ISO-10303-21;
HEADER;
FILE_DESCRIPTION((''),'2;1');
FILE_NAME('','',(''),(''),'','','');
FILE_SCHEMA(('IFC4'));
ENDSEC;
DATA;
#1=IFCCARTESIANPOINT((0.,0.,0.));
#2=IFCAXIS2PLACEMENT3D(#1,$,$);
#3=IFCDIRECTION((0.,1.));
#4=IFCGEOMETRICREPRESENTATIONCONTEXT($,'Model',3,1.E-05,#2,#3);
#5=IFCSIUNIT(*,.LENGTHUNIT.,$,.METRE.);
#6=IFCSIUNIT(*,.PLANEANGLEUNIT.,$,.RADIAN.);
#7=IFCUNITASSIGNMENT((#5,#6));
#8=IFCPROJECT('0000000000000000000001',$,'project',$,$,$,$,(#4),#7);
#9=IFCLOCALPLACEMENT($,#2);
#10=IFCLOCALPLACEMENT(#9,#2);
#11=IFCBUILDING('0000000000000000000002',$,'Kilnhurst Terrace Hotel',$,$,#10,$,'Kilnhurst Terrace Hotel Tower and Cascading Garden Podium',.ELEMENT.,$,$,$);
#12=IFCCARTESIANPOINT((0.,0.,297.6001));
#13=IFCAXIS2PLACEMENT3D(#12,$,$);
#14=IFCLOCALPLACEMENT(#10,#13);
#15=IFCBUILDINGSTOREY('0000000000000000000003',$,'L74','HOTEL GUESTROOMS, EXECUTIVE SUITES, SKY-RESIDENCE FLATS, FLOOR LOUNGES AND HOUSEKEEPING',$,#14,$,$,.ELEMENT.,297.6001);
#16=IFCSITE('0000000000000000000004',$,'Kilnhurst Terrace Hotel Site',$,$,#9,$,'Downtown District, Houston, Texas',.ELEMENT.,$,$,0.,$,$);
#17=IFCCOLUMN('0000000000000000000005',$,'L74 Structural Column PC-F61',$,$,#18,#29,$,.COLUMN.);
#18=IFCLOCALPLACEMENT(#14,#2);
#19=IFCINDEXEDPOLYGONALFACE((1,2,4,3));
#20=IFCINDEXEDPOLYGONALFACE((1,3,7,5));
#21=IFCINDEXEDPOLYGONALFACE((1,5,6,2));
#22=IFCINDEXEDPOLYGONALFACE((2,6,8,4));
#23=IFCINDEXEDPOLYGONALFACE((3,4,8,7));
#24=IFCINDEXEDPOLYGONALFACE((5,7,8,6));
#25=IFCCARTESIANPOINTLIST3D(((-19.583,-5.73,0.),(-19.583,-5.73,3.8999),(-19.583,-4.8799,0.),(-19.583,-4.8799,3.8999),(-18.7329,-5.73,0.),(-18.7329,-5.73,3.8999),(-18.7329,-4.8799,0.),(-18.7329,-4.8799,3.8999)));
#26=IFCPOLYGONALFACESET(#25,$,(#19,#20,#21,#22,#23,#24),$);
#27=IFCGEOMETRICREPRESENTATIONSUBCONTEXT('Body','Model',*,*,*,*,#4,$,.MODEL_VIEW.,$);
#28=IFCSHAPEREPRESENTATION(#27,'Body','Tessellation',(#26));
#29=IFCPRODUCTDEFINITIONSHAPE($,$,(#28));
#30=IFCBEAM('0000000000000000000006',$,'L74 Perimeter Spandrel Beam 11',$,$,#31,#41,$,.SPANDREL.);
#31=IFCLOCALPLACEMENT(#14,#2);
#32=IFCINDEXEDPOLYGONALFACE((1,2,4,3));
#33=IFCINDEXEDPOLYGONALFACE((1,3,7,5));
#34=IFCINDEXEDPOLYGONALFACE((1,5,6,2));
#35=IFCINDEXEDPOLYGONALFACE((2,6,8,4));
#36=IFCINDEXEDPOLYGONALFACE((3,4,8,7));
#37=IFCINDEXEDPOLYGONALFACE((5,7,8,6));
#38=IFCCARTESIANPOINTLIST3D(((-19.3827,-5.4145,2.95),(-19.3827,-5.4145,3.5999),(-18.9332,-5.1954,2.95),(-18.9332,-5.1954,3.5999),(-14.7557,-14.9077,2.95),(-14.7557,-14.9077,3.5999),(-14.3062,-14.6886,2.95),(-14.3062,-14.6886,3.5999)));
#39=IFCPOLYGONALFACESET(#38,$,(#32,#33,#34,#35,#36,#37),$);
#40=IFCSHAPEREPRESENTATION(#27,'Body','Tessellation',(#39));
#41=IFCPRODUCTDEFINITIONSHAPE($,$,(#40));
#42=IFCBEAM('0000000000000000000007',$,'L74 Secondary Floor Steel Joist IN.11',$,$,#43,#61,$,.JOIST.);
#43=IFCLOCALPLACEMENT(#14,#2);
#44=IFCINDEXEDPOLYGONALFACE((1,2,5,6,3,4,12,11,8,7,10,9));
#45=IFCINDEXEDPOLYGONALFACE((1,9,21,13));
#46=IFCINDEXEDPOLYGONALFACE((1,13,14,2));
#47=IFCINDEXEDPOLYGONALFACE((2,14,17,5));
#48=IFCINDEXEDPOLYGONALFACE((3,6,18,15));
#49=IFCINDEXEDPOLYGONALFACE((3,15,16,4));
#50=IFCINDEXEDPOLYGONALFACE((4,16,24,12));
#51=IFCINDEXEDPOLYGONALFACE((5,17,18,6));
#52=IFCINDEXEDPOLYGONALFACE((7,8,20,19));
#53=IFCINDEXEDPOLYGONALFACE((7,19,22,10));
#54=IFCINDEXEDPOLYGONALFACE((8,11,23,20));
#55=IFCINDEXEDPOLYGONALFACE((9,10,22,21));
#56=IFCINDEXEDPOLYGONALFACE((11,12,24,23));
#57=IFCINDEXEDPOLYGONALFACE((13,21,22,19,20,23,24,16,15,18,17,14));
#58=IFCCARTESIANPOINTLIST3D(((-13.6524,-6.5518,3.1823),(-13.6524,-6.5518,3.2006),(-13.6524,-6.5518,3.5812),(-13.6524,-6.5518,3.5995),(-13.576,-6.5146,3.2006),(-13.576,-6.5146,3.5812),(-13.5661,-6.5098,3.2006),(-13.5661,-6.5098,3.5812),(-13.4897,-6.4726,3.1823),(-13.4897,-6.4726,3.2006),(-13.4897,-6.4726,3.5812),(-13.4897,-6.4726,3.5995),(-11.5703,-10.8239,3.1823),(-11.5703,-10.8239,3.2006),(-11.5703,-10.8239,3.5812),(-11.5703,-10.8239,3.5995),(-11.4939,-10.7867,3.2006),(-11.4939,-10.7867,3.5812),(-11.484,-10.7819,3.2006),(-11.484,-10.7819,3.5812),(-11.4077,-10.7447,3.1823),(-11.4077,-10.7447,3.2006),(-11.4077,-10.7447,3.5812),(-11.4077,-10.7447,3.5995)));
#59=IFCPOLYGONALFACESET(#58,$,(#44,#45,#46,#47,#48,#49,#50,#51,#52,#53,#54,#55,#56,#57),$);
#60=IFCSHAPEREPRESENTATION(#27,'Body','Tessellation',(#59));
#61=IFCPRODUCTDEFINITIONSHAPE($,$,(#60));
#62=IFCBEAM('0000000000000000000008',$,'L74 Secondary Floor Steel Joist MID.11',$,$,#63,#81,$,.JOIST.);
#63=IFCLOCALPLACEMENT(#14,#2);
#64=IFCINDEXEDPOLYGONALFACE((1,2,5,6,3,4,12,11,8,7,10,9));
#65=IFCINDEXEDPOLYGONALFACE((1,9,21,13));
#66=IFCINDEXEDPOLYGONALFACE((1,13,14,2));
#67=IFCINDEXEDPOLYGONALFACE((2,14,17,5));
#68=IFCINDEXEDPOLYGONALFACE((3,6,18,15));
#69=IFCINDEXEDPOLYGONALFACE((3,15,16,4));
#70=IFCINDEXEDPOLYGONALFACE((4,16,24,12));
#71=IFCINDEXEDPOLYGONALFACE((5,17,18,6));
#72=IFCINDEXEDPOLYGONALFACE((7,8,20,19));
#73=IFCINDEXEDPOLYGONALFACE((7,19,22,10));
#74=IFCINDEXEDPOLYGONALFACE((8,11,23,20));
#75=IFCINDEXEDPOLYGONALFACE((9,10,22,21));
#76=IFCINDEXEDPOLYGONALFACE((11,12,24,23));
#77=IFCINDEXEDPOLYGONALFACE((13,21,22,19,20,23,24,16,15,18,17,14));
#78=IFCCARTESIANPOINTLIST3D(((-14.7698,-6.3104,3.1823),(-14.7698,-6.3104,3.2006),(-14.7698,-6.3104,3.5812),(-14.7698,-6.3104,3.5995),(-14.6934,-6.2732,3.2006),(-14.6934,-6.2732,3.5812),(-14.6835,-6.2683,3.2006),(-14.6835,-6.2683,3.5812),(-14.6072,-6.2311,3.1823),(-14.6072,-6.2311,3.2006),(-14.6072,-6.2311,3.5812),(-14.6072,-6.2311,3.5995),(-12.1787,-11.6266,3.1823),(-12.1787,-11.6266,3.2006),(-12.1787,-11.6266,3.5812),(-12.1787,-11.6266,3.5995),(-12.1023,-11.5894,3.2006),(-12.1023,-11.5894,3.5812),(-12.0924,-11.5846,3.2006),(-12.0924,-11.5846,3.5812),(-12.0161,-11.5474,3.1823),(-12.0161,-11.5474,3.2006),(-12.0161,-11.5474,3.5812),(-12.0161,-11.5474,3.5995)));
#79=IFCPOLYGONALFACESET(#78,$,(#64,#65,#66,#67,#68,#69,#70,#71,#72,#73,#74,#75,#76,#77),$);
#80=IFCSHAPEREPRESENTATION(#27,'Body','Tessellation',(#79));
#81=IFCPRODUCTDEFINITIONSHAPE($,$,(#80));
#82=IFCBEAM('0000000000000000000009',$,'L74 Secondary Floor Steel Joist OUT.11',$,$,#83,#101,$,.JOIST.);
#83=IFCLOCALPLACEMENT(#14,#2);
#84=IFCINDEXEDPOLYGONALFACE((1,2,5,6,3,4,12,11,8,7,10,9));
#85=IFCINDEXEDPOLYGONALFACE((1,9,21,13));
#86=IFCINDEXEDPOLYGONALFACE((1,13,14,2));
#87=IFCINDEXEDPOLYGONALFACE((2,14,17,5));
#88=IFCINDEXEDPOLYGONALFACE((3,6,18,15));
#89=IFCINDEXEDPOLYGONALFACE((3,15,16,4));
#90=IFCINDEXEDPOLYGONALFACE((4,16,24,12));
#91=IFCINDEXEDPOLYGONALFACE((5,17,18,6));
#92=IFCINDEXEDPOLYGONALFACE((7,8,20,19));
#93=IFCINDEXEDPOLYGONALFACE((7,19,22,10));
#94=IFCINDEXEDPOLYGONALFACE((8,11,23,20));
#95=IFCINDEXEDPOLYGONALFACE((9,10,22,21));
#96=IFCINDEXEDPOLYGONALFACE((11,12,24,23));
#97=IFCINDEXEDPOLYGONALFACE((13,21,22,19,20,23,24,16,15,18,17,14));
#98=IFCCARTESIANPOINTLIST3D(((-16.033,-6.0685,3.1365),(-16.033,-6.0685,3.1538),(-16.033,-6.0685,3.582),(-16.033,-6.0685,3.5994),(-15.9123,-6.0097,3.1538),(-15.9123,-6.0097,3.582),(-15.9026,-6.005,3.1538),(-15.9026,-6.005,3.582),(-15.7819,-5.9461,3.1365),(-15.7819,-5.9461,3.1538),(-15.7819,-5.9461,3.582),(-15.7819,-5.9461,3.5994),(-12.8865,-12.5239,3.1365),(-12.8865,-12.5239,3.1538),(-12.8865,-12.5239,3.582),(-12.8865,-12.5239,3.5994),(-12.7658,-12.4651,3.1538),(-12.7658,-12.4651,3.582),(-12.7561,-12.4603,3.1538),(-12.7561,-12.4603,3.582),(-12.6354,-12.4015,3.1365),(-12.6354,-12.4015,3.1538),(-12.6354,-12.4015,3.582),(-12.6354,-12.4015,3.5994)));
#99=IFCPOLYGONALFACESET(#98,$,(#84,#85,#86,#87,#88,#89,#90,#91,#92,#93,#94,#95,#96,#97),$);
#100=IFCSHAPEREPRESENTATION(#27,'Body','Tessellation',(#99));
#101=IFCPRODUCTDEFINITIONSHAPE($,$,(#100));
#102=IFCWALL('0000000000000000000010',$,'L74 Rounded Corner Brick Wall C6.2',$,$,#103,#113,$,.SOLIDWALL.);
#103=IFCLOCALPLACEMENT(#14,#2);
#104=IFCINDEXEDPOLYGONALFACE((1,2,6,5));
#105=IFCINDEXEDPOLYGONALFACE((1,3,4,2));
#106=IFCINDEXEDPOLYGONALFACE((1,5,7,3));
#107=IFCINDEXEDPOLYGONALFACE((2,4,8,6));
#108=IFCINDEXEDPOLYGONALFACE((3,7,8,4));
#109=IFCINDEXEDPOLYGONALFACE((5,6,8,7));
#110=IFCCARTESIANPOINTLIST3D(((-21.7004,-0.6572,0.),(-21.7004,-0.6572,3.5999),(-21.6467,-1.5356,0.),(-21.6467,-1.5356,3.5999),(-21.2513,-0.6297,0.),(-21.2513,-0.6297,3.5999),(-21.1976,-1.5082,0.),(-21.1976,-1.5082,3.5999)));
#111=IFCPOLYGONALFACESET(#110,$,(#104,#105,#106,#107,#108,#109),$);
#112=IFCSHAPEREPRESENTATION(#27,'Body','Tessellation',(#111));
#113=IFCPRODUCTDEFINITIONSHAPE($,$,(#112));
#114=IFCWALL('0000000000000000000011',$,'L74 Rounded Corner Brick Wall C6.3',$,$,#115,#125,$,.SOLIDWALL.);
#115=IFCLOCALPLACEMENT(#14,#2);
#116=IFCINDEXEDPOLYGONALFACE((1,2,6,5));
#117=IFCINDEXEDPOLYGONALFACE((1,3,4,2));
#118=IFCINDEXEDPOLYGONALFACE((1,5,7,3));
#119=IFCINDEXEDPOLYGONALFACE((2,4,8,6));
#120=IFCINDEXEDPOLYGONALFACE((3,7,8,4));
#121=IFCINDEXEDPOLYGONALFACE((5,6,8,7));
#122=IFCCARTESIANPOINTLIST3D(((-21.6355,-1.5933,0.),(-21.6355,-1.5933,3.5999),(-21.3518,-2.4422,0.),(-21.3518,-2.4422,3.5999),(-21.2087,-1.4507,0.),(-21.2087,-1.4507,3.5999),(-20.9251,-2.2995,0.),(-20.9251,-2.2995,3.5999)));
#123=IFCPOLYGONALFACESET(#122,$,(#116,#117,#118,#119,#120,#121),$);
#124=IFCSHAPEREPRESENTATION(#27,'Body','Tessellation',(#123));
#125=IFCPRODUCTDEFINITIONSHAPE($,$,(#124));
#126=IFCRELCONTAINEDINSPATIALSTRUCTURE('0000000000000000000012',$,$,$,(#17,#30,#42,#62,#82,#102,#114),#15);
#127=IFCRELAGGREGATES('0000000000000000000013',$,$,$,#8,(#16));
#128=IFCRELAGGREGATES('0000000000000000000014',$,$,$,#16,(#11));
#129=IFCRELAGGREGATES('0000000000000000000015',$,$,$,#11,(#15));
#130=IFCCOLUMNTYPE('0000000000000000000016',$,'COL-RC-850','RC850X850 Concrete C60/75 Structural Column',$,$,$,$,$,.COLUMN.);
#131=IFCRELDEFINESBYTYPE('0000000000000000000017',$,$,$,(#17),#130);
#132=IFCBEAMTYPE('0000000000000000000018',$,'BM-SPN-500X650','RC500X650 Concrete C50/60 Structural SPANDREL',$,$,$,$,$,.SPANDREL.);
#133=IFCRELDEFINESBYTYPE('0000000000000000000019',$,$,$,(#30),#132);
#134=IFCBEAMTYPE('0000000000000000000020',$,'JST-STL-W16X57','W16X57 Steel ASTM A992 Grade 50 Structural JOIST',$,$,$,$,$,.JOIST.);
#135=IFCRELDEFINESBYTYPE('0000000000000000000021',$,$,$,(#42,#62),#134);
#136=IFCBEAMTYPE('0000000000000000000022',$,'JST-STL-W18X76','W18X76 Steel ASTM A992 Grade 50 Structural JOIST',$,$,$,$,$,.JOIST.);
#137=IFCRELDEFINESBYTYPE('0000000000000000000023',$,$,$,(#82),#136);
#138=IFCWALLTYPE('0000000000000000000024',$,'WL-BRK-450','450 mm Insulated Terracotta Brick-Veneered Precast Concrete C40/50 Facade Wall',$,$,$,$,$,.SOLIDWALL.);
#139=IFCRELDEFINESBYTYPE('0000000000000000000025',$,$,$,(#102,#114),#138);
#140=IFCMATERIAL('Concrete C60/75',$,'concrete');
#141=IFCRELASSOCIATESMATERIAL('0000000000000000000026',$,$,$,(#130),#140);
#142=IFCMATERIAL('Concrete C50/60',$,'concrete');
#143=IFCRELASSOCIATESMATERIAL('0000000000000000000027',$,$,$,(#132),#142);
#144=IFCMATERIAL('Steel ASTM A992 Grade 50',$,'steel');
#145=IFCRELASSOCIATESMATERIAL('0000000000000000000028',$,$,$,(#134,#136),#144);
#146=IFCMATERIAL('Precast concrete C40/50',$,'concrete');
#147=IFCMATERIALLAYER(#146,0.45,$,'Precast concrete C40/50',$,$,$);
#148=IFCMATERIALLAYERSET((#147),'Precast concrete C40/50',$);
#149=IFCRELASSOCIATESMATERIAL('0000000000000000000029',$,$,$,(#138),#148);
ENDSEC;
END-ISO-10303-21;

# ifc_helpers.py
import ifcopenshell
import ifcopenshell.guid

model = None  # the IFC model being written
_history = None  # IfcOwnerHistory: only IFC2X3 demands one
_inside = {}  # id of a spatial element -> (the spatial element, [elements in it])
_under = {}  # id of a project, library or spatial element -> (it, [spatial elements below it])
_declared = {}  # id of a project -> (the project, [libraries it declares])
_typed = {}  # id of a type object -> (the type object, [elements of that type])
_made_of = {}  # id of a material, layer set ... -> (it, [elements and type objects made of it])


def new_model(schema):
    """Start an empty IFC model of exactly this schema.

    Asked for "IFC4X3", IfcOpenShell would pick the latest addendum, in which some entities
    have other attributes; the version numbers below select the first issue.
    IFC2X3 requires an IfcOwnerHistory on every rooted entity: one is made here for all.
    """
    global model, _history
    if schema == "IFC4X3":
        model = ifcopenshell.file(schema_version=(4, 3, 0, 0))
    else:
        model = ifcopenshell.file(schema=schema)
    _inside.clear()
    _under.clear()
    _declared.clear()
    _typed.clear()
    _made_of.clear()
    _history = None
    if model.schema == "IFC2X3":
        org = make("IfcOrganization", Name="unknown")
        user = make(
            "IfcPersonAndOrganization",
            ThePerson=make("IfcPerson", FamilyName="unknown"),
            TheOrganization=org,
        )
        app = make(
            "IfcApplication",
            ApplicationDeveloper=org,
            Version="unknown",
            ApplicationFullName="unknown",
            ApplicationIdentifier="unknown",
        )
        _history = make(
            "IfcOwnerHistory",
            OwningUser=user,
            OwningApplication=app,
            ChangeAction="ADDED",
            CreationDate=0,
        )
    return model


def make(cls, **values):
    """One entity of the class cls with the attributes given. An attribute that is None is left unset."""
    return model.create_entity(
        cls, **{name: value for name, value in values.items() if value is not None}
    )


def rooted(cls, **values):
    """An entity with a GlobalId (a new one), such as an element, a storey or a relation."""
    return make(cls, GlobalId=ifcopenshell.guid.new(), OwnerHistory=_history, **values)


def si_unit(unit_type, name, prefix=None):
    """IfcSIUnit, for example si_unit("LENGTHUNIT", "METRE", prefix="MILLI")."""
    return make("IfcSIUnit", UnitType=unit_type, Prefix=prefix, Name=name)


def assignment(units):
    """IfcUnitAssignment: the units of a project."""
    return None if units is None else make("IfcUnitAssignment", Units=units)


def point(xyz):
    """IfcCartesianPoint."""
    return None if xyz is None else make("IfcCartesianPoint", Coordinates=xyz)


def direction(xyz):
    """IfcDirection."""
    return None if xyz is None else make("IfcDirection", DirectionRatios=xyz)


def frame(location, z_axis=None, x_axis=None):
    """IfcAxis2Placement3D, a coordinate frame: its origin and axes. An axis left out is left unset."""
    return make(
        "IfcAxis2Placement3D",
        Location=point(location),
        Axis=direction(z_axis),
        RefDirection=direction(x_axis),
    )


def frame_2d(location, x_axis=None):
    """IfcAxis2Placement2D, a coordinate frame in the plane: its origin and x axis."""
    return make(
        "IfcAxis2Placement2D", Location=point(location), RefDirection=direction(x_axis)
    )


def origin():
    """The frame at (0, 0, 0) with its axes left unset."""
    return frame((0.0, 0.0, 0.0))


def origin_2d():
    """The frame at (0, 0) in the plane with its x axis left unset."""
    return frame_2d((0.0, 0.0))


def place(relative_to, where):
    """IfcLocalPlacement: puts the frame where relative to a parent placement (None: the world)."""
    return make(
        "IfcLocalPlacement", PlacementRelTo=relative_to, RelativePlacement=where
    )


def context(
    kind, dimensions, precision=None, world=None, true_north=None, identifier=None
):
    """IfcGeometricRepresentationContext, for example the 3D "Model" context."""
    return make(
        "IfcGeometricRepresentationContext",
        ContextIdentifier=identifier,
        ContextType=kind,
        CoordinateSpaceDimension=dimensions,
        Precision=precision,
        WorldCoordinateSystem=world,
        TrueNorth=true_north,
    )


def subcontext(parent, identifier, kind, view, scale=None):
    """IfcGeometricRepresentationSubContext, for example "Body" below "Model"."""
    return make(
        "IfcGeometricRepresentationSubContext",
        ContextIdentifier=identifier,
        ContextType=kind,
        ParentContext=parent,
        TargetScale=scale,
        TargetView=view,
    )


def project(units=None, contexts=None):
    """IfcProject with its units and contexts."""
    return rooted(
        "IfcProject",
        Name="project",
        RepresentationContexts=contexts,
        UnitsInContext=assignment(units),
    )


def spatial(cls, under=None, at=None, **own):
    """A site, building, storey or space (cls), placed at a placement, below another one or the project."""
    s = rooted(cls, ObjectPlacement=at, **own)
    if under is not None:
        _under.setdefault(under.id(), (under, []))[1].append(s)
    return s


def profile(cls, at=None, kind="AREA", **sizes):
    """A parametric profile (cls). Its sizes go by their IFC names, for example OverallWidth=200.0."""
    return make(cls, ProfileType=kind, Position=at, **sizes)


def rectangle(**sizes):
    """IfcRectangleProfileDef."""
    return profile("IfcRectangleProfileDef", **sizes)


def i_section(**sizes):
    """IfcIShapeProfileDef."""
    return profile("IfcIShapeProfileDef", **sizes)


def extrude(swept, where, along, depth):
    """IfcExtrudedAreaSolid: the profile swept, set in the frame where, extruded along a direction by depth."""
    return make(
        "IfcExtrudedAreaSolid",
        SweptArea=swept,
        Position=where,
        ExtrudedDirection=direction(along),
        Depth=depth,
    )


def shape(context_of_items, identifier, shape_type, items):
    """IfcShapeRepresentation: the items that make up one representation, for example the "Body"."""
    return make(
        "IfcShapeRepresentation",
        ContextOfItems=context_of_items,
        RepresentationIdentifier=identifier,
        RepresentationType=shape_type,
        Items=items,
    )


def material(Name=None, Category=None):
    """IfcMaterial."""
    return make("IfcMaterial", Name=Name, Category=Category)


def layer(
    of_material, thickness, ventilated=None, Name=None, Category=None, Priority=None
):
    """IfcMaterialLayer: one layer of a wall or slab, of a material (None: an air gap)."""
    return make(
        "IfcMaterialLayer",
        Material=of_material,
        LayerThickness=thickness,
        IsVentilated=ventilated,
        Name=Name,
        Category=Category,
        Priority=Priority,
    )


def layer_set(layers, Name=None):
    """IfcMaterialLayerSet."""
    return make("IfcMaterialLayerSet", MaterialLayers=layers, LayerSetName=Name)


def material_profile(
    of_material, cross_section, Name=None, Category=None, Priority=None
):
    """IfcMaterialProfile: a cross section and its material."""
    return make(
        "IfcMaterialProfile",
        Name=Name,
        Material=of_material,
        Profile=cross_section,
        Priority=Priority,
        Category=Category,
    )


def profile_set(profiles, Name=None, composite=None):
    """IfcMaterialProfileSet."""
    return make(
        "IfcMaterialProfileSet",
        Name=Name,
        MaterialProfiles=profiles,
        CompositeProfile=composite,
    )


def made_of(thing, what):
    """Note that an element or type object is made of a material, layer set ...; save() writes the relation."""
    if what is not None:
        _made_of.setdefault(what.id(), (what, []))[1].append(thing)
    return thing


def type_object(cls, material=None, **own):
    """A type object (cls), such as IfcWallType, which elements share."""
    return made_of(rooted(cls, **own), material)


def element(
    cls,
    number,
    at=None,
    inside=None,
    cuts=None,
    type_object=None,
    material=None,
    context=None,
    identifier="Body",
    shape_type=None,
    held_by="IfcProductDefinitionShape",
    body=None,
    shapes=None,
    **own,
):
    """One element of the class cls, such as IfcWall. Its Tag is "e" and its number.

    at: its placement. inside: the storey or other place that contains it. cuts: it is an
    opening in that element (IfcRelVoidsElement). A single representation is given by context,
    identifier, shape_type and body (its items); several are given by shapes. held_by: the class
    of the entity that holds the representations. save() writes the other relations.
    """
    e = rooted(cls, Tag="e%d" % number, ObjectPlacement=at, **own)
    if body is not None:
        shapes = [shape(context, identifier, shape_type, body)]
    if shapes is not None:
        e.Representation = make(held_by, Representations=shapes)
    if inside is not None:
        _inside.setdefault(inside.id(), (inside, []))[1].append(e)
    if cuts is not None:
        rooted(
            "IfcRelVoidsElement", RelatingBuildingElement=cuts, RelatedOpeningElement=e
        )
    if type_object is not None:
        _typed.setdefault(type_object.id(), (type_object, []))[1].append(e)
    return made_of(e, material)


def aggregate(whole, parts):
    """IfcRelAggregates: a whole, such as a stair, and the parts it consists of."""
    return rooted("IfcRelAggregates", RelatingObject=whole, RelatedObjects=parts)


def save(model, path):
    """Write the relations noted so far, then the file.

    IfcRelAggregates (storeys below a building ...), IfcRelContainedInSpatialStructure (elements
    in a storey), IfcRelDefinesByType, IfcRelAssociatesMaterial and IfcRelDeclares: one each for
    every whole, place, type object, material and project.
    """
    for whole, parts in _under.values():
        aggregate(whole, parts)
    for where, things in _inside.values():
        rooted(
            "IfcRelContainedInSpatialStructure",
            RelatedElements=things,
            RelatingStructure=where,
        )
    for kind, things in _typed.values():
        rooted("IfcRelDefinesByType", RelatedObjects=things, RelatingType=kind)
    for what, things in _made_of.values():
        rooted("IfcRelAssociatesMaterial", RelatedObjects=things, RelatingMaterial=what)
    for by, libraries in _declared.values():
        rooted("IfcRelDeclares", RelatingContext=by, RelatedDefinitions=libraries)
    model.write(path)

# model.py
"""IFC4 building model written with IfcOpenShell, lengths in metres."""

from ifc_helpers import new_model, si_unit, direction, frame, frame_2d, origin, origin_2d, place, context, subcontext, project, spatial, rectangle, i_section, extrude, material, layer, layer_set, material_profile, profile_set, type_object, element, save


model = new_model("IFC4")

# Units and contexts
model_context = context("Model", 3, precision=1e-05, world=origin(), true_north=direction((0.0, 1.0)))
body_context = subcontext(model_context, "Body", "Model", "MODEL_VIEW")
ifc_project = project(units=[si_unit("LENGTHUNIT", "METRE"), si_unit("PLANEANGLEUNIT", "RADIAN")], contexts=[model_context])

# Site, building, storey
site_placement = place(None, origin())
site = spatial("IfcSite", under=ifc_project, at=site_placement, Name="Kilnhurst Terrace Hotel Site", LongName="Downtown District, Houston, Texas", CompositionType="ELEMENT", RefElevation=0.0)
building_placement = place(site_placement, origin())
building = spatial("IfcBuilding", under=site, at=building_placement, Name="Kilnhurst Terrace Hotel", LongName="Kilnhurst Terrace Hotel Tower and Cascading Garden Podium", CompositionType="ELEMENT")
storey_placement = place(building_placement, frame((0.0, 0.0, 297.6001)))
storey = spatial("IfcBuildingStorey", under=building, at=storey_placement, Name="L74", Description="HOTEL GUESTROOMS, EXECUTIVE SUITES, SKY-RESIDENCE FLATS, FLOOR LOUNGES AND HOUSEKEEPING", CompositionType="ELEMENT", Elevation=297.6001)

# Column
ifc_material_1 = material(Name="Concrete C60/75", Category="concrete")
ifc_material_profile_1 = material_profile(ifc_material_1, rectangle(XDim=0.8501, YDim=0.8501, at=origin_2d()), Name="RC850X850")
ifc_profile_set_1 = profile_set([ifc_material_profile_1], Name="Concrete C60/75")
column_type = type_object("IfcColumnType", Name="COL-RC-850", Description="RC850X850 Concrete C60/75 Structural Column", PredefinedType="COLUMN", material=ifc_profile_set_1)
column_placement = place(storey_placement, frame((-19.158, -5.3049, 0.0), z_axis=(0.0, 0.0, 1.0), x_axis=(1.0, 0.0, 0.0)))
element("IfcColumn", 1, at=column_placement, inside=storey, type_object=column_type, Name="L74 Structural Column PC-F61", PredefinedType="COLUMN", context=body_context, shape_type="SweptSolid", body=[
    extrude(rectangle(XDim=0.8501, YDim=0.8501, at=origin_2d()), origin(), (0.0, 0.0, 1.0), 3.8999),
])

# Beams
ifc_material_2 = material(Name="Concrete C50/60", Category="concrete")
ifc_material_profile_2 = material_profile(ifc_material_2, rectangle(XDim=0.5, YDim=0.6499, at=origin_2d()), Name="RC500X650")
ifc_profile_set_2 = profile_set([ifc_material_profile_2], Name="Concrete C50/60")
beam_type_1 = type_object("IfcBeamType", Name="BM-SPN-500X650", Description="RC500X650 Concrete C50/60 Structural SPANDREL", PredefinedType="SPANDREL", material=ifc_profile_set_2)
beam_1_placement = place(storey_placement, frame((-19.158, -5.3049, 3.2749), z_axis=(0.438128, -0.898912, 0.0), x_axis=(0.898912, 0.438128, 0.0)))
element("IfcBeam", 2, at=beam_1_placement, inside=storey, type_object=beam_type_1, Name="L74 Perimeter Spandrel Beam 11", PredefinedType="SPANDREL", context=body_context, shape_type="SweptSolid", body=[
    extrude(rectangle(XDim=0.5, YDim=0.6499, at=origin_2d()), origin(), (0.0, 0.0, 1.0), 10.5608),
])
ifc_material_3 = material(Name="Steel ASTM A992 Grade 50", Category="steel")
ifc_material_profile_3 = material_profile(ifc_material_3, i_section(OverallWidth=0.1809, OverallDepth=0.4172, WebThickness=0.011, FlangeThickness=0.0183, at=origin_2d()), Name="W16X57")
ifc_profile_set_3 = profile_set([ifc_material_profile_3], Name="Steel ASTM A992 Grade 50")
beam_type_2 = type_object("IfcBeamType", Name="JST-STL-W16X57", Description="W16X57 Steel ASTM A992 Grade 50 Structural JOIST", PredefinedType="JOIST", material=ifc_profile_set_3)
beam_2_placement = place(storey_placement, frame((-13.571, -6.5122, 3.3909), z_axis=(0.438108, -0.898922, 0.0), x_axis=(0.898922, 0.438108, 0.0)))
element("IfcBeam", 3, at=beam_2_placement, inside=storey, type_object=beam_type_2, Name="L74 Secondary Floor Steel Joist IN.11", PredefinedType="JOIST", context=body_context, shape_type="SweptSolid", body=[
    extrude(i_section(OverallWidth=0.1809, OverallDepth=0.4172, WebThickness=0.011, FlangeThickness=0.0183, at=origin_2d()), origin(), (0.0, 0.0, 1.0), 4.7524),
])
beam_3_placement = place(storey_placement, frame((-14.6885, -6.2708, 3.3909), z_axis=(0.438125, -0.898914, 0.0), x_axis=(0.898914, 0.438125, 0.0)))
element("IfcBeam", 4, at=beam_3_placement, inside=storey, type_object=beam_type_2, Name="L74 Secondary Floor Steel Joist MID.11", PredefinedType="JOIST", context=body_context, shape_type="SweptSolid", body=[
    extrude(i_section(OverallWidth=0.1809, OverallDepth=0.4172, WebThickness=0.011, FlangeThickness=0.0183, at=origin_2d()), origin(), (0.0, 0.0, 1.0), 5.9141),
])
ifc_material_profile_4 = material_profile(ifc_material_3, i_section(OverallWidth=0.2793, OverallDepth=0.4629, WebThickness=0.0107, FlangeThickness=0.0173, at=origin_2d()), Name="W18X76")
ifc_profile_set_4 = profile_set([ifc_material_profile_4], Name="Steel ASTM A992 Grade 50")
beam_type_3 = type_object("IfcBeamType", Name="JST-STL-W18X76", Description="W18X76 Steel ASTM A992 Grade 50 Structural JOIST", PredefinedType="JOIST", material=ifc_profile_set_4)
beam_4_placement = place(storey_placement, frame((-15.9075, -6.0073, 3.3679), z_axis=(0.438148, -0.898903, 0.0), x_axis=(0.898903, 0.438148, 0.0)))
element("IfcBeam", 5, at=beam_4_placement, inside=storey, type_object=beam_type_3, Name="L74 Secondary Floor Steel Joist OUT.11", PredefinedType="JOIST", context=body_context, shape_type="SweptSolid", body=[
    extrude(i_section(OverallWidth=0.2793, OverallDepth=0.4629, WebThickness=0.0107, FlangeThickness=0.0173, at=origin_2d()), origin(), (0.0, 0.0, 1.0), 7.1814),
])

# Walls
ifc_material_4 = material(Name="Precast concrete C40/50", Category="concrete")
ifc_layer_1 = layer(ifc_material_4, 0.45, Name="Precast concrete C40/50")
ifc_layer_set_1 = layer_set([ifc_layer_1], Name="Precast concrete C40/50")
wall_type_1 = type_object("IfcWallType", Name="WL-BRK-450", Description="450 mm Insulated Terracotta Brick-Veneered Precast Concrete C40/50 Facade Wall", PredefinedType="SOLIDWALL", material=ifc_layer_set_1)
wall_1_placement = place(storey_placement, frame((-21.4758, -0.6436, 0.0), z_axis=(0.0, 0.0, 1.0), x_axis=(0.061031, -0.998136, 0.0)))
element("IfcWall", 6, at=wall_1_placement, inside=storey, type_object=wall_type_1, Name="L74 Rounded Corner Brick Wall C6.2", PredefinedType="SOLIDWALL", context=body_context, shape_type="SweptSolid", body=[
    extrude(rectangle(XDim=0.8801, YDim=0.45, at=frame_2d((0.4399, 0.0))), origin(), (0.0, 0.0, 1.0), 3.5999),
])
wall_2_placement = place(storey_placement, frame((-21.4221, -1.522, 0.0), z_axis=(0.0, 0.0, 1.0), x_axis=(0.316964, -0.948438, 0.0)))
element("IfcWall", 7, at=wall_2_placement, inside=storey, type_object=wall_type_1, Name="L74 Rounded Corner Brick Wall C6.3", PredefinedType="SOLIDWALL", context=body_context, shape_type="SweptSolid", body=[
    extrude(rectangle(XDim=0.895, YDim=0.45, at=frame_2d((0.4475, 0.0))), origin(), (0.0, 0.0, 1.0), 3.5999),
])

save(model, "model.ifc")
